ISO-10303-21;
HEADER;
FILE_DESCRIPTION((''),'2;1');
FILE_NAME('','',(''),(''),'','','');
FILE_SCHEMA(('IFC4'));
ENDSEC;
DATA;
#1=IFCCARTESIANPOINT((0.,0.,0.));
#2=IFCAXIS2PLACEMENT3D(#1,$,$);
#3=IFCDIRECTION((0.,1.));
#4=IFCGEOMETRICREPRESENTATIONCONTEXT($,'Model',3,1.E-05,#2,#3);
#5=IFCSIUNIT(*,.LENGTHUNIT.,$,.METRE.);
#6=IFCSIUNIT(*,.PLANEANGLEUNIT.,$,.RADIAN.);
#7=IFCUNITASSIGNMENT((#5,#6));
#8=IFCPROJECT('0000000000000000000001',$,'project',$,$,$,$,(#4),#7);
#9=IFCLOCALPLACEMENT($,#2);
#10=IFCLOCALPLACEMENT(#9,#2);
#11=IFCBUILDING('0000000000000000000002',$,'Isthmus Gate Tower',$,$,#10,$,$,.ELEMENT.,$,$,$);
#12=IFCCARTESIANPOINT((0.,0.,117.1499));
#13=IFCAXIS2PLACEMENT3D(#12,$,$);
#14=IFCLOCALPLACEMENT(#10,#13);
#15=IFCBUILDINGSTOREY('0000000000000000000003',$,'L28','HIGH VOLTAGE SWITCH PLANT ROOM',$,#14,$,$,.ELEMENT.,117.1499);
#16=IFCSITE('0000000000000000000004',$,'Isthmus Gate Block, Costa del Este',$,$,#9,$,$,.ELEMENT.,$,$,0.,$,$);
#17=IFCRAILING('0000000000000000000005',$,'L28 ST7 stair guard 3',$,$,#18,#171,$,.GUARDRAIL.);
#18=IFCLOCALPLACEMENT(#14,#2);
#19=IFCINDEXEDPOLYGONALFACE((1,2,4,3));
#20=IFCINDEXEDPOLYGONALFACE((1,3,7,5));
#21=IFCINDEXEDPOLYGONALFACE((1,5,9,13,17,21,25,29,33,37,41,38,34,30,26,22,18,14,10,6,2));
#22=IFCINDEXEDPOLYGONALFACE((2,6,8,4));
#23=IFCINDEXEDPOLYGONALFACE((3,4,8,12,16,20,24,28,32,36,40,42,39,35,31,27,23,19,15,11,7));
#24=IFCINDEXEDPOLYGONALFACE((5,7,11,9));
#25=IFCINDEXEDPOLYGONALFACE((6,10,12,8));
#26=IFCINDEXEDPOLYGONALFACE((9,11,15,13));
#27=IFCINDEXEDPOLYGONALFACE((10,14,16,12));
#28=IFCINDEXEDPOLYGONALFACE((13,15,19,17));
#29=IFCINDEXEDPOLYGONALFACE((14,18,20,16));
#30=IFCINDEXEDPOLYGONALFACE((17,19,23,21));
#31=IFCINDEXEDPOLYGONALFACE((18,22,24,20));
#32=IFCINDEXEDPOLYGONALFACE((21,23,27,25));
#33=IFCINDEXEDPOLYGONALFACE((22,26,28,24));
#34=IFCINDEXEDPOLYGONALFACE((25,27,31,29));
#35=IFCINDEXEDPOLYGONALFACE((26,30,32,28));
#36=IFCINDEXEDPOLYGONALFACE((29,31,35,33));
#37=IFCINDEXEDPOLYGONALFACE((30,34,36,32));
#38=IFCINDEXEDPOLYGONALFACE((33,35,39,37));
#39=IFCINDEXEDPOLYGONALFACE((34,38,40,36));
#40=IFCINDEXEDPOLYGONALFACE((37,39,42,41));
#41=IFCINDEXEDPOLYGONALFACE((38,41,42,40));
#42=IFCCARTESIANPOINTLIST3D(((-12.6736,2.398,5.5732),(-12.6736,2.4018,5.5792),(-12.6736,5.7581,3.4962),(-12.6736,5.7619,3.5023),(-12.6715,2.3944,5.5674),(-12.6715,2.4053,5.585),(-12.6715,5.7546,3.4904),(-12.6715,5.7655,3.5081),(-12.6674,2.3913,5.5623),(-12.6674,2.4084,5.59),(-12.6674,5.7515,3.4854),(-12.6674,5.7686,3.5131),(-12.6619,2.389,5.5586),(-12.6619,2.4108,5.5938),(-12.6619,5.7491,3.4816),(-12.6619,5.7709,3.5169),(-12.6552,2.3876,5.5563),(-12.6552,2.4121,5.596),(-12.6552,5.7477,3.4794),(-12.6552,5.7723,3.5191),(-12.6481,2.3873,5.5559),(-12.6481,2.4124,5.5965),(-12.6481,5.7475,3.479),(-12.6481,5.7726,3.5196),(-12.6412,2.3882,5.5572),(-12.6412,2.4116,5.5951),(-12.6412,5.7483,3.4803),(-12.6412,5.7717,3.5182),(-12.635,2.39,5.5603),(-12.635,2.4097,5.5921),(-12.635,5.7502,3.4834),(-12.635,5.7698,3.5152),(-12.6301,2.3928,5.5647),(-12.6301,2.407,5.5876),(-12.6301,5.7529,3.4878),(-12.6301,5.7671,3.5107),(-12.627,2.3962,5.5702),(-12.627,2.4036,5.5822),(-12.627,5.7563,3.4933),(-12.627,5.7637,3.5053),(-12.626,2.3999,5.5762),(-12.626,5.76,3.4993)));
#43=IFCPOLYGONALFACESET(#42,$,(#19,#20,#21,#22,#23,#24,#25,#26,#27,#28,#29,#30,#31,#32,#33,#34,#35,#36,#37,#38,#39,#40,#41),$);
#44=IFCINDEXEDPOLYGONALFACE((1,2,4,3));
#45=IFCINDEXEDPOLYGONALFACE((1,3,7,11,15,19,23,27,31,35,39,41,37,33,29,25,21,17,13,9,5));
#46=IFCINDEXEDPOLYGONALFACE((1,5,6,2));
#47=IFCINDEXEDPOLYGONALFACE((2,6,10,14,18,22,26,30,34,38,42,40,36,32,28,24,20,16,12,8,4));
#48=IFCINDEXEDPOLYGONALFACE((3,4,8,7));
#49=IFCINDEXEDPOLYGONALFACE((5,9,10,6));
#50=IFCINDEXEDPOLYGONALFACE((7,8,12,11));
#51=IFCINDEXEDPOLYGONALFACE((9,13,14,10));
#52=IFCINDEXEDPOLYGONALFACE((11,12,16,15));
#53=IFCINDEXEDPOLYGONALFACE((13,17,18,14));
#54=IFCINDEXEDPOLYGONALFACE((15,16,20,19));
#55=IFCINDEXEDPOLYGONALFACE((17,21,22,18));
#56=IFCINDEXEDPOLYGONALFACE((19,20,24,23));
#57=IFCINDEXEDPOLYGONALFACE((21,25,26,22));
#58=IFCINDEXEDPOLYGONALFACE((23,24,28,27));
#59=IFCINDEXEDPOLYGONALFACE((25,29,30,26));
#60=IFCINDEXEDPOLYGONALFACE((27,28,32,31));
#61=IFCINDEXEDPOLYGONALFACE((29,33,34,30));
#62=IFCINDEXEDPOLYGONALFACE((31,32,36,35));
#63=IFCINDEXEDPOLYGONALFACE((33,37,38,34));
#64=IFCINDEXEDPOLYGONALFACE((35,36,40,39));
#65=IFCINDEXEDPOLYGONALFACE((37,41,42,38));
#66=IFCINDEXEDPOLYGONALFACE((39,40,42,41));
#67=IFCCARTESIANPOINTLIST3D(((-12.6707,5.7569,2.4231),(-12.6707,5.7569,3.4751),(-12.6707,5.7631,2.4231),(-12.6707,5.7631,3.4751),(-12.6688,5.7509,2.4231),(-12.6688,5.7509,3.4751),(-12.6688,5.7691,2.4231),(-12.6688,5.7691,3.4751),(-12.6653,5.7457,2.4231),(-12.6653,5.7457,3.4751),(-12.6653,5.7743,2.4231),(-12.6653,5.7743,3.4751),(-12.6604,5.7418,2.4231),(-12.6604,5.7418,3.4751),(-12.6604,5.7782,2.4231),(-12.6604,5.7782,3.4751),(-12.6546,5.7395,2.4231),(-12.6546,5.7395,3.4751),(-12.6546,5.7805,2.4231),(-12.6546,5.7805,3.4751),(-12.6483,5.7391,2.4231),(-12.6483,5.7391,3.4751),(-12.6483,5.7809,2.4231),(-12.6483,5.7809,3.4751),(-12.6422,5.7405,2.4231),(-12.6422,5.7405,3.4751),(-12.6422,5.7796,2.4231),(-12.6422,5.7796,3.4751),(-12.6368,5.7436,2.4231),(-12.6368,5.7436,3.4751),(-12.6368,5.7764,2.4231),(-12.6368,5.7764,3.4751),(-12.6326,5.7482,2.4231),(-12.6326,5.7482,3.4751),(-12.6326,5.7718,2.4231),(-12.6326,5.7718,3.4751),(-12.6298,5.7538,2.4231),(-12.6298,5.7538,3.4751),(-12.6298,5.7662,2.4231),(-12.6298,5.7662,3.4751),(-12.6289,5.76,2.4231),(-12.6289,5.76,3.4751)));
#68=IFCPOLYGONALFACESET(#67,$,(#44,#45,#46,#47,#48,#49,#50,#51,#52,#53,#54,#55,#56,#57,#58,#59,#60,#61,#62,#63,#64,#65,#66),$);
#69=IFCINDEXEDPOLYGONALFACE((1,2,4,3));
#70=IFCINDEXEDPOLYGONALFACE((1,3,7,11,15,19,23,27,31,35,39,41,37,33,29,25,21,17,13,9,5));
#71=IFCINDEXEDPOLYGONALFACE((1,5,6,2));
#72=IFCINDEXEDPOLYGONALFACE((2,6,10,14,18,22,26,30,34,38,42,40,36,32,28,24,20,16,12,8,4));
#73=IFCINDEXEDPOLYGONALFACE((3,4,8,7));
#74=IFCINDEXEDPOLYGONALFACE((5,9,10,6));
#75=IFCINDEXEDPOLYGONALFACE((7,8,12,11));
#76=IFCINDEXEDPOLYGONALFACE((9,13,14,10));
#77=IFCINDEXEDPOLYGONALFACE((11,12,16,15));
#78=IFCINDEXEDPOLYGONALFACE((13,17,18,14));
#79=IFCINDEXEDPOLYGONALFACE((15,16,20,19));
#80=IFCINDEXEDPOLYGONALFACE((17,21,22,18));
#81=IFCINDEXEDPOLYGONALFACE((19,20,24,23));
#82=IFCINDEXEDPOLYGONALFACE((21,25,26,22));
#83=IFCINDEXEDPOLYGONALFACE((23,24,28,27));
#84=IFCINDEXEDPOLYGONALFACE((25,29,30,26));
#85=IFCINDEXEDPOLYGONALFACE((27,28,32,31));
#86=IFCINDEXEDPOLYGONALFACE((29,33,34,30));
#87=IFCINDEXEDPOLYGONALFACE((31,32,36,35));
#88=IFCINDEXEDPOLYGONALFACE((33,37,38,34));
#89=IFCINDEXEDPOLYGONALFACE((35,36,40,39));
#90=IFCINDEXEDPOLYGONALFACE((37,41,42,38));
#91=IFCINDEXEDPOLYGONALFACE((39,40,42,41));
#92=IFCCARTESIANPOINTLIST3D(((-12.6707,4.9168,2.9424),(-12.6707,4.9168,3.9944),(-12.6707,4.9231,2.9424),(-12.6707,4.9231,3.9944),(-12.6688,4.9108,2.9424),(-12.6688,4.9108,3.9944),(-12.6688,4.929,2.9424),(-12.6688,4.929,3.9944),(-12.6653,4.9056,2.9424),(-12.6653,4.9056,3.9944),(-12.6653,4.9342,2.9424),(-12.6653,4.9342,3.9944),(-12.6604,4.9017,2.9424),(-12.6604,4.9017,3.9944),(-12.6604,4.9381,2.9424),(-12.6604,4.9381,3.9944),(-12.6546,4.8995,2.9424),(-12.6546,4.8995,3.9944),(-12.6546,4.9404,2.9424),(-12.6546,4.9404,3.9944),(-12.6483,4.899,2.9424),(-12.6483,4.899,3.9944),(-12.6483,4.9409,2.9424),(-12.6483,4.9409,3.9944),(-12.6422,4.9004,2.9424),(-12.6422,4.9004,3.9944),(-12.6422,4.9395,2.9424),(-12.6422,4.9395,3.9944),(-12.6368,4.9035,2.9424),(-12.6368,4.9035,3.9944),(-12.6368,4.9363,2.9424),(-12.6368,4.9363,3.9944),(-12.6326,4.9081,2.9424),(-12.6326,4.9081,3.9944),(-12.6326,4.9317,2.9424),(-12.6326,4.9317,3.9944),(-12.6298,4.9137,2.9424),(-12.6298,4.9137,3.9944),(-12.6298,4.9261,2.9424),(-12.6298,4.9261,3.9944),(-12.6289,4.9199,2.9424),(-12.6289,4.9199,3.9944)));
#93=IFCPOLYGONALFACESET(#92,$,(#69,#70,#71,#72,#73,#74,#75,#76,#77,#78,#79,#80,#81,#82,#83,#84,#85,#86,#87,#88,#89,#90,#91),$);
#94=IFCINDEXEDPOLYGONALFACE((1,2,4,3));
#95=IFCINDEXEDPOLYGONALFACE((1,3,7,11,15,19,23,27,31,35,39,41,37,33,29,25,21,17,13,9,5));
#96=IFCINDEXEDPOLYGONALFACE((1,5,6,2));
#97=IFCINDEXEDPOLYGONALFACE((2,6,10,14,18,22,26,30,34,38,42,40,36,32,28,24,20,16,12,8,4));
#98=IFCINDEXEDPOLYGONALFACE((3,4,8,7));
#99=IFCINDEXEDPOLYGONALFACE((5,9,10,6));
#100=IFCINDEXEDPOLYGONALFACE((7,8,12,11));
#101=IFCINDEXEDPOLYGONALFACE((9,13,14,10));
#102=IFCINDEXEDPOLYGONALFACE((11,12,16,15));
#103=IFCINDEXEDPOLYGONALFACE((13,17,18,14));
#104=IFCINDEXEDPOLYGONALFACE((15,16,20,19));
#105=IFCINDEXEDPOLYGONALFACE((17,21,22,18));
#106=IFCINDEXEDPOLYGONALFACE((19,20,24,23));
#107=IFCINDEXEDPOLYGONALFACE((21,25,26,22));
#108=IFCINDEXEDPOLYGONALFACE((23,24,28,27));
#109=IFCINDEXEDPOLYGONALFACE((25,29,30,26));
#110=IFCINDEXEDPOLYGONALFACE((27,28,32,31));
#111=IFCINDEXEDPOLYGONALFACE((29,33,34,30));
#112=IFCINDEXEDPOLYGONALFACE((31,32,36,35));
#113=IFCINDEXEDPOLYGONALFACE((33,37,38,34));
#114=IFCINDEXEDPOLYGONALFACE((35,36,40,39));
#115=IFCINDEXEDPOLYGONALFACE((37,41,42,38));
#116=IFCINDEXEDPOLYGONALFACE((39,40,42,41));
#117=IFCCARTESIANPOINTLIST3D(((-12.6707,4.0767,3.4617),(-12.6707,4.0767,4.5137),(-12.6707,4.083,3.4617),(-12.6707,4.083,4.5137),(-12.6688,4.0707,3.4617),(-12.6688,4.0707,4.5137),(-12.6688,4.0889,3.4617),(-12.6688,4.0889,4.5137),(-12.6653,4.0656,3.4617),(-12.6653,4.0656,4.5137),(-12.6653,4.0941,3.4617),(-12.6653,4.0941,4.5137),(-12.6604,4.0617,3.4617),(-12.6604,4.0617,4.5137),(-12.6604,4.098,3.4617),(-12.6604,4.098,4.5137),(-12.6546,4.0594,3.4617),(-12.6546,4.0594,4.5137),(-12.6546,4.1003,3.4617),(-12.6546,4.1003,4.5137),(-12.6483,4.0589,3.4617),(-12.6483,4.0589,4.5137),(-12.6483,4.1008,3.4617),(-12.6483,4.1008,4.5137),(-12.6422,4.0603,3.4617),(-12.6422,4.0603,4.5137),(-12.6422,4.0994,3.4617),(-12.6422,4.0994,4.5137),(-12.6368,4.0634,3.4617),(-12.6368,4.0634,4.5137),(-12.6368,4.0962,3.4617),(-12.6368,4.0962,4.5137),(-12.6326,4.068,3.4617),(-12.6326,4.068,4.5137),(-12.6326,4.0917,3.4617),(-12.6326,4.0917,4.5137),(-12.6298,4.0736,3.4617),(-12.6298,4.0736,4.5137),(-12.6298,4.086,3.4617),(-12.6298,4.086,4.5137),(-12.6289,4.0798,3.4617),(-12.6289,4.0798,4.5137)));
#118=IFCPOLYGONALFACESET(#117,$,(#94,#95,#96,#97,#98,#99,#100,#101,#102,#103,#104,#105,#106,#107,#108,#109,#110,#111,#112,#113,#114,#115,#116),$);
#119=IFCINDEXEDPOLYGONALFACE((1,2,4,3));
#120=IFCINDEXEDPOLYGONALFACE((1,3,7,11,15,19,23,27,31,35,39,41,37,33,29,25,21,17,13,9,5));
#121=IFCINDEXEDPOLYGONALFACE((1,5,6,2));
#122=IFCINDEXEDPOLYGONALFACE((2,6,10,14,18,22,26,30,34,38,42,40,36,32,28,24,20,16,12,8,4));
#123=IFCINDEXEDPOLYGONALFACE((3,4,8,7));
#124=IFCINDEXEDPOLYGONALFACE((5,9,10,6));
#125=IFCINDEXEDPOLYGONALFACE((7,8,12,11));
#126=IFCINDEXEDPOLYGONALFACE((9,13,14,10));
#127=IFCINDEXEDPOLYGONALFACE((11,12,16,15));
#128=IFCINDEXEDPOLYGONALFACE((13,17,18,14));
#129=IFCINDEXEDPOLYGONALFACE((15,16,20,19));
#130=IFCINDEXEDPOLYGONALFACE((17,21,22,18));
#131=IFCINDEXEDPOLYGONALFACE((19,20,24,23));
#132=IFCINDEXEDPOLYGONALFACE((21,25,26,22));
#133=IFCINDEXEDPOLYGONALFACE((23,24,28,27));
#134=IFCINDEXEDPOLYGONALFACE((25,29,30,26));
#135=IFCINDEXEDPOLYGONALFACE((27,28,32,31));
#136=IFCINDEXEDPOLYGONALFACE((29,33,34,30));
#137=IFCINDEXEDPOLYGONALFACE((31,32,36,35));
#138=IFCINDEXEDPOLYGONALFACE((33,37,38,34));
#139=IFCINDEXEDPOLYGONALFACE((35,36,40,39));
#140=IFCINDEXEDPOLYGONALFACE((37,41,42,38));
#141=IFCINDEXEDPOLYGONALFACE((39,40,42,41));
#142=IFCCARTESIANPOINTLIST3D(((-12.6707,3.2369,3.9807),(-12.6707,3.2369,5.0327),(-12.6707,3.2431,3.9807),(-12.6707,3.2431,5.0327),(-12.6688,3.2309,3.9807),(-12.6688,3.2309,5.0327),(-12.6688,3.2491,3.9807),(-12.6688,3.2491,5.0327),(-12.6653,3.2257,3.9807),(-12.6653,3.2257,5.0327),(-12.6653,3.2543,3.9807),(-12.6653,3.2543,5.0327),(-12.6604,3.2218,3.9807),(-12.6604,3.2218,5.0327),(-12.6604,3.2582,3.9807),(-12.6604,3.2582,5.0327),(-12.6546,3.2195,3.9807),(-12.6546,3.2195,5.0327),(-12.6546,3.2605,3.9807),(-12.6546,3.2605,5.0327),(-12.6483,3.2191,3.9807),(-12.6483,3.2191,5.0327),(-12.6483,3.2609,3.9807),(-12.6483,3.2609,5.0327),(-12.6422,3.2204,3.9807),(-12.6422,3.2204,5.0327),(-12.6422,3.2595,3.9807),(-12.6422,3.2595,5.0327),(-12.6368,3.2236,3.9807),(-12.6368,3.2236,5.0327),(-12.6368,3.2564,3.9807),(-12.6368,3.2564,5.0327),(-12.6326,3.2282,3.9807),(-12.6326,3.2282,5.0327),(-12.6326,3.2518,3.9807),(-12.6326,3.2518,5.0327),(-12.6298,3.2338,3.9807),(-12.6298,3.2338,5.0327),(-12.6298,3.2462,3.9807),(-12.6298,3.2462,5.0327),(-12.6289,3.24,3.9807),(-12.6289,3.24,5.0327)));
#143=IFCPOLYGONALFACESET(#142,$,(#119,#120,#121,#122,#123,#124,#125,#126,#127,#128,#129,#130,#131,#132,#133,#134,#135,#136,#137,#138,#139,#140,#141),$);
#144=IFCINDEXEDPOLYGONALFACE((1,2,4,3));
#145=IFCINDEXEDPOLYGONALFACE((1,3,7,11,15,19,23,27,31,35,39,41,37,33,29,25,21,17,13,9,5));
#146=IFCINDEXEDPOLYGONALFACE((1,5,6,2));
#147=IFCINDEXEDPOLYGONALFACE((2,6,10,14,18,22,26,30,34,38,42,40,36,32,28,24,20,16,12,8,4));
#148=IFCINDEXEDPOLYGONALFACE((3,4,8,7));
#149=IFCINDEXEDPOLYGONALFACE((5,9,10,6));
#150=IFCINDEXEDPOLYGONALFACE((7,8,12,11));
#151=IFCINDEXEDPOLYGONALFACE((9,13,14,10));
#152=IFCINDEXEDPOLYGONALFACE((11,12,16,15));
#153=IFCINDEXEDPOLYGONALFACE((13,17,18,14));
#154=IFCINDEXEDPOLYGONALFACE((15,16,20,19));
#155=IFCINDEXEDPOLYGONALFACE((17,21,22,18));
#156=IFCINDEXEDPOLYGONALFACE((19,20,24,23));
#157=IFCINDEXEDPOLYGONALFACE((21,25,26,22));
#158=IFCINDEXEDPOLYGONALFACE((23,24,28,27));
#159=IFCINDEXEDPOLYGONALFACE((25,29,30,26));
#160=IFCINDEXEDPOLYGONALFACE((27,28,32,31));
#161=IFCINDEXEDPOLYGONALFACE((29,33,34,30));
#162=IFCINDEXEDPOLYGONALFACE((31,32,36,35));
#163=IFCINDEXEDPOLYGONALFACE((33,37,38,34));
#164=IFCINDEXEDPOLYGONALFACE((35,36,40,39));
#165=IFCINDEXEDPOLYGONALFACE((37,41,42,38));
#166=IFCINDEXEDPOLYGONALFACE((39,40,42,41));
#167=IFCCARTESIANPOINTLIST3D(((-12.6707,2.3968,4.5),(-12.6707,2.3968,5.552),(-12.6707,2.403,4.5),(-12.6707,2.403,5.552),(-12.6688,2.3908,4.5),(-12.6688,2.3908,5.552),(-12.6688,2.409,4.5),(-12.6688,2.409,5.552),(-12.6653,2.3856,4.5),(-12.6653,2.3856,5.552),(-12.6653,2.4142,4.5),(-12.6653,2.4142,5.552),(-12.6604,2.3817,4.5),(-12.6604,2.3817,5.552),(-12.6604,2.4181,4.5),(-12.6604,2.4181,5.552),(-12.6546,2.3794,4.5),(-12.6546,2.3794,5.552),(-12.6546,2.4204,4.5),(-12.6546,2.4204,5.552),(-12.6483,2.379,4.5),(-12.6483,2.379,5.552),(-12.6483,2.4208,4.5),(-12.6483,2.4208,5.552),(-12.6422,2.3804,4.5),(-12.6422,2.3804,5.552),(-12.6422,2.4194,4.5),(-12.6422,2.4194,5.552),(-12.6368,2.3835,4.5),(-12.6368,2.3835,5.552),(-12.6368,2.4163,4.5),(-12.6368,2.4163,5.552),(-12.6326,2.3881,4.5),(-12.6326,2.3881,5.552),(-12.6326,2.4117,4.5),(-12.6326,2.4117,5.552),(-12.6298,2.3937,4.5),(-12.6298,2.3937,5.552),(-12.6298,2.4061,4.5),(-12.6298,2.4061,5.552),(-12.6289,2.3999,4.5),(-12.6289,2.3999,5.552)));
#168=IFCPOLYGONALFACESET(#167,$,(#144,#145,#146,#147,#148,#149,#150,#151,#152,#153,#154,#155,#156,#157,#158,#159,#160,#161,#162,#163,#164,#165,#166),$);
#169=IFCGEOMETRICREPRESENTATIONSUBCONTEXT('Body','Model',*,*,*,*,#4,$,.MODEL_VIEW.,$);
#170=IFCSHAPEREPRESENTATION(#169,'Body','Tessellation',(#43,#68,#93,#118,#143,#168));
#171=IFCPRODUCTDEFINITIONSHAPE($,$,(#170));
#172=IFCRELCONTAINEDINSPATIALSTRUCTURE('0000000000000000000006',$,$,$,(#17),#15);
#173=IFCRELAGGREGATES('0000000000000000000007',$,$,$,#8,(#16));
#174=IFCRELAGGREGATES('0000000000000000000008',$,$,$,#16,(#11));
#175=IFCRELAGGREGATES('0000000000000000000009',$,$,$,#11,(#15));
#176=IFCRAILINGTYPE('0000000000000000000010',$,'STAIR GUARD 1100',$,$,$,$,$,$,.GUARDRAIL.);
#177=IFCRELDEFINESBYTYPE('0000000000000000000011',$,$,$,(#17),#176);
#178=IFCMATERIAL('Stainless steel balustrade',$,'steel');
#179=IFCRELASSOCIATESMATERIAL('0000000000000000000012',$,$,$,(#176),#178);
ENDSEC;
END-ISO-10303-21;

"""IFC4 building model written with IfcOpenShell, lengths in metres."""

from ifc_helpers import new_model, si_unit, direction, frame, origin, origin_2d, place, context, subcontext, project, spatial, circle, extrude, material, type_object, element, save


model = new_model("IFC4")

# Units and contexts
model_context = context("Model", 3, precision=1e-05, world=origin(), true_north=direction((0.0, 1.0)))
body_context = subcontext(model_context, "Body", "Model", "MODEL_VIEW")
ifc_project = project(units=[si_unit("LENGTHUNIT", "METRE"), si_unit("PLANEANGLEUNIT", "RADIAN")], contexts=[model_context])

# Site, building, storey
site_placement = place(None, origin())
site = spatial("IfcSite", under=ifc_project, at=site_placement, Name="Isthmus Gate Block, Costa del Este", CompositionType="ELEMENT", RefElevation=0.0)
building_placement = place(site_placement, origin())
building = spatial("IfcBuilding", under=site, at=building_placement, Name="Isthmus Gate Tower", CompositionType="ELEMENT")
storey_placement = place(building_placement, frame((0.0, 0.0, 117.1499)))
storey = spatial("IfcBuildingStorey", under=building, at=storey_placement, Name="L28", Description="HIGH VOLTAGE SWITCH PLANT ROOM", CompositionType="ELEMENT", Elevation=117.1499)

# Railing
ifc_material_1 = material(Name="Stainless steel balustrade", Category="steel")
railing_type_1 = type_object("IfcRailingType", Name="STAIR GUARD 1100", PredefinedType="GUARDRAIL", material=ifc_material_1)
railing_1_placement = place(storey_placement, frame((-12.6499, 5.76, 2.4231)))
element("IfcRailing", 1, at=railing_1_placement, inside=storey, type_object=railing_type_1, Name="L28 ST7 stair guard 3", PredefinedType="GUARDRAIL", context=body_context, shape_type="SweptSolid", body=[
    extrude(circle(Radius=0.0239, at=origin_2d()), frame((0.0, 0.0, 1.0762), z_axis=(0.0, -0.850623, 0.525776), x_axis=(1.0, 0.0, 0.0)), (0.0, 0.0, 1.0), 3.9502),
    extrude(circle(Radius=0.021, at=origin_2d()), origin(), (0.0, 0.0, 1.0), 1.052),
    extrude(circle(Radius=0.021, at=origin_2d()), frame((0.0, -0.8401, 0.5193)), (0.0, 0.0, 1.0), 1.052),
    extrude(circle(Radius=0.021, at=origin_2d()), frame((0.0, -1.6802, 1.0386)), (0.0, 0.0, 1.0), 1.052),
    extrude(circle(Radius=0.021, at=origin_2d()), frame((0.0, -2.52, 1.5576)), (0.0, 0.0, 1.0), 1.052),
    extrude(circle(Radius=0.021, at=origin_2d()), frame((0.0, -3.3601, 2.0769)), (0.0, 0.0, 1.0), 1.052),
])

save(model, "model.ifc")
